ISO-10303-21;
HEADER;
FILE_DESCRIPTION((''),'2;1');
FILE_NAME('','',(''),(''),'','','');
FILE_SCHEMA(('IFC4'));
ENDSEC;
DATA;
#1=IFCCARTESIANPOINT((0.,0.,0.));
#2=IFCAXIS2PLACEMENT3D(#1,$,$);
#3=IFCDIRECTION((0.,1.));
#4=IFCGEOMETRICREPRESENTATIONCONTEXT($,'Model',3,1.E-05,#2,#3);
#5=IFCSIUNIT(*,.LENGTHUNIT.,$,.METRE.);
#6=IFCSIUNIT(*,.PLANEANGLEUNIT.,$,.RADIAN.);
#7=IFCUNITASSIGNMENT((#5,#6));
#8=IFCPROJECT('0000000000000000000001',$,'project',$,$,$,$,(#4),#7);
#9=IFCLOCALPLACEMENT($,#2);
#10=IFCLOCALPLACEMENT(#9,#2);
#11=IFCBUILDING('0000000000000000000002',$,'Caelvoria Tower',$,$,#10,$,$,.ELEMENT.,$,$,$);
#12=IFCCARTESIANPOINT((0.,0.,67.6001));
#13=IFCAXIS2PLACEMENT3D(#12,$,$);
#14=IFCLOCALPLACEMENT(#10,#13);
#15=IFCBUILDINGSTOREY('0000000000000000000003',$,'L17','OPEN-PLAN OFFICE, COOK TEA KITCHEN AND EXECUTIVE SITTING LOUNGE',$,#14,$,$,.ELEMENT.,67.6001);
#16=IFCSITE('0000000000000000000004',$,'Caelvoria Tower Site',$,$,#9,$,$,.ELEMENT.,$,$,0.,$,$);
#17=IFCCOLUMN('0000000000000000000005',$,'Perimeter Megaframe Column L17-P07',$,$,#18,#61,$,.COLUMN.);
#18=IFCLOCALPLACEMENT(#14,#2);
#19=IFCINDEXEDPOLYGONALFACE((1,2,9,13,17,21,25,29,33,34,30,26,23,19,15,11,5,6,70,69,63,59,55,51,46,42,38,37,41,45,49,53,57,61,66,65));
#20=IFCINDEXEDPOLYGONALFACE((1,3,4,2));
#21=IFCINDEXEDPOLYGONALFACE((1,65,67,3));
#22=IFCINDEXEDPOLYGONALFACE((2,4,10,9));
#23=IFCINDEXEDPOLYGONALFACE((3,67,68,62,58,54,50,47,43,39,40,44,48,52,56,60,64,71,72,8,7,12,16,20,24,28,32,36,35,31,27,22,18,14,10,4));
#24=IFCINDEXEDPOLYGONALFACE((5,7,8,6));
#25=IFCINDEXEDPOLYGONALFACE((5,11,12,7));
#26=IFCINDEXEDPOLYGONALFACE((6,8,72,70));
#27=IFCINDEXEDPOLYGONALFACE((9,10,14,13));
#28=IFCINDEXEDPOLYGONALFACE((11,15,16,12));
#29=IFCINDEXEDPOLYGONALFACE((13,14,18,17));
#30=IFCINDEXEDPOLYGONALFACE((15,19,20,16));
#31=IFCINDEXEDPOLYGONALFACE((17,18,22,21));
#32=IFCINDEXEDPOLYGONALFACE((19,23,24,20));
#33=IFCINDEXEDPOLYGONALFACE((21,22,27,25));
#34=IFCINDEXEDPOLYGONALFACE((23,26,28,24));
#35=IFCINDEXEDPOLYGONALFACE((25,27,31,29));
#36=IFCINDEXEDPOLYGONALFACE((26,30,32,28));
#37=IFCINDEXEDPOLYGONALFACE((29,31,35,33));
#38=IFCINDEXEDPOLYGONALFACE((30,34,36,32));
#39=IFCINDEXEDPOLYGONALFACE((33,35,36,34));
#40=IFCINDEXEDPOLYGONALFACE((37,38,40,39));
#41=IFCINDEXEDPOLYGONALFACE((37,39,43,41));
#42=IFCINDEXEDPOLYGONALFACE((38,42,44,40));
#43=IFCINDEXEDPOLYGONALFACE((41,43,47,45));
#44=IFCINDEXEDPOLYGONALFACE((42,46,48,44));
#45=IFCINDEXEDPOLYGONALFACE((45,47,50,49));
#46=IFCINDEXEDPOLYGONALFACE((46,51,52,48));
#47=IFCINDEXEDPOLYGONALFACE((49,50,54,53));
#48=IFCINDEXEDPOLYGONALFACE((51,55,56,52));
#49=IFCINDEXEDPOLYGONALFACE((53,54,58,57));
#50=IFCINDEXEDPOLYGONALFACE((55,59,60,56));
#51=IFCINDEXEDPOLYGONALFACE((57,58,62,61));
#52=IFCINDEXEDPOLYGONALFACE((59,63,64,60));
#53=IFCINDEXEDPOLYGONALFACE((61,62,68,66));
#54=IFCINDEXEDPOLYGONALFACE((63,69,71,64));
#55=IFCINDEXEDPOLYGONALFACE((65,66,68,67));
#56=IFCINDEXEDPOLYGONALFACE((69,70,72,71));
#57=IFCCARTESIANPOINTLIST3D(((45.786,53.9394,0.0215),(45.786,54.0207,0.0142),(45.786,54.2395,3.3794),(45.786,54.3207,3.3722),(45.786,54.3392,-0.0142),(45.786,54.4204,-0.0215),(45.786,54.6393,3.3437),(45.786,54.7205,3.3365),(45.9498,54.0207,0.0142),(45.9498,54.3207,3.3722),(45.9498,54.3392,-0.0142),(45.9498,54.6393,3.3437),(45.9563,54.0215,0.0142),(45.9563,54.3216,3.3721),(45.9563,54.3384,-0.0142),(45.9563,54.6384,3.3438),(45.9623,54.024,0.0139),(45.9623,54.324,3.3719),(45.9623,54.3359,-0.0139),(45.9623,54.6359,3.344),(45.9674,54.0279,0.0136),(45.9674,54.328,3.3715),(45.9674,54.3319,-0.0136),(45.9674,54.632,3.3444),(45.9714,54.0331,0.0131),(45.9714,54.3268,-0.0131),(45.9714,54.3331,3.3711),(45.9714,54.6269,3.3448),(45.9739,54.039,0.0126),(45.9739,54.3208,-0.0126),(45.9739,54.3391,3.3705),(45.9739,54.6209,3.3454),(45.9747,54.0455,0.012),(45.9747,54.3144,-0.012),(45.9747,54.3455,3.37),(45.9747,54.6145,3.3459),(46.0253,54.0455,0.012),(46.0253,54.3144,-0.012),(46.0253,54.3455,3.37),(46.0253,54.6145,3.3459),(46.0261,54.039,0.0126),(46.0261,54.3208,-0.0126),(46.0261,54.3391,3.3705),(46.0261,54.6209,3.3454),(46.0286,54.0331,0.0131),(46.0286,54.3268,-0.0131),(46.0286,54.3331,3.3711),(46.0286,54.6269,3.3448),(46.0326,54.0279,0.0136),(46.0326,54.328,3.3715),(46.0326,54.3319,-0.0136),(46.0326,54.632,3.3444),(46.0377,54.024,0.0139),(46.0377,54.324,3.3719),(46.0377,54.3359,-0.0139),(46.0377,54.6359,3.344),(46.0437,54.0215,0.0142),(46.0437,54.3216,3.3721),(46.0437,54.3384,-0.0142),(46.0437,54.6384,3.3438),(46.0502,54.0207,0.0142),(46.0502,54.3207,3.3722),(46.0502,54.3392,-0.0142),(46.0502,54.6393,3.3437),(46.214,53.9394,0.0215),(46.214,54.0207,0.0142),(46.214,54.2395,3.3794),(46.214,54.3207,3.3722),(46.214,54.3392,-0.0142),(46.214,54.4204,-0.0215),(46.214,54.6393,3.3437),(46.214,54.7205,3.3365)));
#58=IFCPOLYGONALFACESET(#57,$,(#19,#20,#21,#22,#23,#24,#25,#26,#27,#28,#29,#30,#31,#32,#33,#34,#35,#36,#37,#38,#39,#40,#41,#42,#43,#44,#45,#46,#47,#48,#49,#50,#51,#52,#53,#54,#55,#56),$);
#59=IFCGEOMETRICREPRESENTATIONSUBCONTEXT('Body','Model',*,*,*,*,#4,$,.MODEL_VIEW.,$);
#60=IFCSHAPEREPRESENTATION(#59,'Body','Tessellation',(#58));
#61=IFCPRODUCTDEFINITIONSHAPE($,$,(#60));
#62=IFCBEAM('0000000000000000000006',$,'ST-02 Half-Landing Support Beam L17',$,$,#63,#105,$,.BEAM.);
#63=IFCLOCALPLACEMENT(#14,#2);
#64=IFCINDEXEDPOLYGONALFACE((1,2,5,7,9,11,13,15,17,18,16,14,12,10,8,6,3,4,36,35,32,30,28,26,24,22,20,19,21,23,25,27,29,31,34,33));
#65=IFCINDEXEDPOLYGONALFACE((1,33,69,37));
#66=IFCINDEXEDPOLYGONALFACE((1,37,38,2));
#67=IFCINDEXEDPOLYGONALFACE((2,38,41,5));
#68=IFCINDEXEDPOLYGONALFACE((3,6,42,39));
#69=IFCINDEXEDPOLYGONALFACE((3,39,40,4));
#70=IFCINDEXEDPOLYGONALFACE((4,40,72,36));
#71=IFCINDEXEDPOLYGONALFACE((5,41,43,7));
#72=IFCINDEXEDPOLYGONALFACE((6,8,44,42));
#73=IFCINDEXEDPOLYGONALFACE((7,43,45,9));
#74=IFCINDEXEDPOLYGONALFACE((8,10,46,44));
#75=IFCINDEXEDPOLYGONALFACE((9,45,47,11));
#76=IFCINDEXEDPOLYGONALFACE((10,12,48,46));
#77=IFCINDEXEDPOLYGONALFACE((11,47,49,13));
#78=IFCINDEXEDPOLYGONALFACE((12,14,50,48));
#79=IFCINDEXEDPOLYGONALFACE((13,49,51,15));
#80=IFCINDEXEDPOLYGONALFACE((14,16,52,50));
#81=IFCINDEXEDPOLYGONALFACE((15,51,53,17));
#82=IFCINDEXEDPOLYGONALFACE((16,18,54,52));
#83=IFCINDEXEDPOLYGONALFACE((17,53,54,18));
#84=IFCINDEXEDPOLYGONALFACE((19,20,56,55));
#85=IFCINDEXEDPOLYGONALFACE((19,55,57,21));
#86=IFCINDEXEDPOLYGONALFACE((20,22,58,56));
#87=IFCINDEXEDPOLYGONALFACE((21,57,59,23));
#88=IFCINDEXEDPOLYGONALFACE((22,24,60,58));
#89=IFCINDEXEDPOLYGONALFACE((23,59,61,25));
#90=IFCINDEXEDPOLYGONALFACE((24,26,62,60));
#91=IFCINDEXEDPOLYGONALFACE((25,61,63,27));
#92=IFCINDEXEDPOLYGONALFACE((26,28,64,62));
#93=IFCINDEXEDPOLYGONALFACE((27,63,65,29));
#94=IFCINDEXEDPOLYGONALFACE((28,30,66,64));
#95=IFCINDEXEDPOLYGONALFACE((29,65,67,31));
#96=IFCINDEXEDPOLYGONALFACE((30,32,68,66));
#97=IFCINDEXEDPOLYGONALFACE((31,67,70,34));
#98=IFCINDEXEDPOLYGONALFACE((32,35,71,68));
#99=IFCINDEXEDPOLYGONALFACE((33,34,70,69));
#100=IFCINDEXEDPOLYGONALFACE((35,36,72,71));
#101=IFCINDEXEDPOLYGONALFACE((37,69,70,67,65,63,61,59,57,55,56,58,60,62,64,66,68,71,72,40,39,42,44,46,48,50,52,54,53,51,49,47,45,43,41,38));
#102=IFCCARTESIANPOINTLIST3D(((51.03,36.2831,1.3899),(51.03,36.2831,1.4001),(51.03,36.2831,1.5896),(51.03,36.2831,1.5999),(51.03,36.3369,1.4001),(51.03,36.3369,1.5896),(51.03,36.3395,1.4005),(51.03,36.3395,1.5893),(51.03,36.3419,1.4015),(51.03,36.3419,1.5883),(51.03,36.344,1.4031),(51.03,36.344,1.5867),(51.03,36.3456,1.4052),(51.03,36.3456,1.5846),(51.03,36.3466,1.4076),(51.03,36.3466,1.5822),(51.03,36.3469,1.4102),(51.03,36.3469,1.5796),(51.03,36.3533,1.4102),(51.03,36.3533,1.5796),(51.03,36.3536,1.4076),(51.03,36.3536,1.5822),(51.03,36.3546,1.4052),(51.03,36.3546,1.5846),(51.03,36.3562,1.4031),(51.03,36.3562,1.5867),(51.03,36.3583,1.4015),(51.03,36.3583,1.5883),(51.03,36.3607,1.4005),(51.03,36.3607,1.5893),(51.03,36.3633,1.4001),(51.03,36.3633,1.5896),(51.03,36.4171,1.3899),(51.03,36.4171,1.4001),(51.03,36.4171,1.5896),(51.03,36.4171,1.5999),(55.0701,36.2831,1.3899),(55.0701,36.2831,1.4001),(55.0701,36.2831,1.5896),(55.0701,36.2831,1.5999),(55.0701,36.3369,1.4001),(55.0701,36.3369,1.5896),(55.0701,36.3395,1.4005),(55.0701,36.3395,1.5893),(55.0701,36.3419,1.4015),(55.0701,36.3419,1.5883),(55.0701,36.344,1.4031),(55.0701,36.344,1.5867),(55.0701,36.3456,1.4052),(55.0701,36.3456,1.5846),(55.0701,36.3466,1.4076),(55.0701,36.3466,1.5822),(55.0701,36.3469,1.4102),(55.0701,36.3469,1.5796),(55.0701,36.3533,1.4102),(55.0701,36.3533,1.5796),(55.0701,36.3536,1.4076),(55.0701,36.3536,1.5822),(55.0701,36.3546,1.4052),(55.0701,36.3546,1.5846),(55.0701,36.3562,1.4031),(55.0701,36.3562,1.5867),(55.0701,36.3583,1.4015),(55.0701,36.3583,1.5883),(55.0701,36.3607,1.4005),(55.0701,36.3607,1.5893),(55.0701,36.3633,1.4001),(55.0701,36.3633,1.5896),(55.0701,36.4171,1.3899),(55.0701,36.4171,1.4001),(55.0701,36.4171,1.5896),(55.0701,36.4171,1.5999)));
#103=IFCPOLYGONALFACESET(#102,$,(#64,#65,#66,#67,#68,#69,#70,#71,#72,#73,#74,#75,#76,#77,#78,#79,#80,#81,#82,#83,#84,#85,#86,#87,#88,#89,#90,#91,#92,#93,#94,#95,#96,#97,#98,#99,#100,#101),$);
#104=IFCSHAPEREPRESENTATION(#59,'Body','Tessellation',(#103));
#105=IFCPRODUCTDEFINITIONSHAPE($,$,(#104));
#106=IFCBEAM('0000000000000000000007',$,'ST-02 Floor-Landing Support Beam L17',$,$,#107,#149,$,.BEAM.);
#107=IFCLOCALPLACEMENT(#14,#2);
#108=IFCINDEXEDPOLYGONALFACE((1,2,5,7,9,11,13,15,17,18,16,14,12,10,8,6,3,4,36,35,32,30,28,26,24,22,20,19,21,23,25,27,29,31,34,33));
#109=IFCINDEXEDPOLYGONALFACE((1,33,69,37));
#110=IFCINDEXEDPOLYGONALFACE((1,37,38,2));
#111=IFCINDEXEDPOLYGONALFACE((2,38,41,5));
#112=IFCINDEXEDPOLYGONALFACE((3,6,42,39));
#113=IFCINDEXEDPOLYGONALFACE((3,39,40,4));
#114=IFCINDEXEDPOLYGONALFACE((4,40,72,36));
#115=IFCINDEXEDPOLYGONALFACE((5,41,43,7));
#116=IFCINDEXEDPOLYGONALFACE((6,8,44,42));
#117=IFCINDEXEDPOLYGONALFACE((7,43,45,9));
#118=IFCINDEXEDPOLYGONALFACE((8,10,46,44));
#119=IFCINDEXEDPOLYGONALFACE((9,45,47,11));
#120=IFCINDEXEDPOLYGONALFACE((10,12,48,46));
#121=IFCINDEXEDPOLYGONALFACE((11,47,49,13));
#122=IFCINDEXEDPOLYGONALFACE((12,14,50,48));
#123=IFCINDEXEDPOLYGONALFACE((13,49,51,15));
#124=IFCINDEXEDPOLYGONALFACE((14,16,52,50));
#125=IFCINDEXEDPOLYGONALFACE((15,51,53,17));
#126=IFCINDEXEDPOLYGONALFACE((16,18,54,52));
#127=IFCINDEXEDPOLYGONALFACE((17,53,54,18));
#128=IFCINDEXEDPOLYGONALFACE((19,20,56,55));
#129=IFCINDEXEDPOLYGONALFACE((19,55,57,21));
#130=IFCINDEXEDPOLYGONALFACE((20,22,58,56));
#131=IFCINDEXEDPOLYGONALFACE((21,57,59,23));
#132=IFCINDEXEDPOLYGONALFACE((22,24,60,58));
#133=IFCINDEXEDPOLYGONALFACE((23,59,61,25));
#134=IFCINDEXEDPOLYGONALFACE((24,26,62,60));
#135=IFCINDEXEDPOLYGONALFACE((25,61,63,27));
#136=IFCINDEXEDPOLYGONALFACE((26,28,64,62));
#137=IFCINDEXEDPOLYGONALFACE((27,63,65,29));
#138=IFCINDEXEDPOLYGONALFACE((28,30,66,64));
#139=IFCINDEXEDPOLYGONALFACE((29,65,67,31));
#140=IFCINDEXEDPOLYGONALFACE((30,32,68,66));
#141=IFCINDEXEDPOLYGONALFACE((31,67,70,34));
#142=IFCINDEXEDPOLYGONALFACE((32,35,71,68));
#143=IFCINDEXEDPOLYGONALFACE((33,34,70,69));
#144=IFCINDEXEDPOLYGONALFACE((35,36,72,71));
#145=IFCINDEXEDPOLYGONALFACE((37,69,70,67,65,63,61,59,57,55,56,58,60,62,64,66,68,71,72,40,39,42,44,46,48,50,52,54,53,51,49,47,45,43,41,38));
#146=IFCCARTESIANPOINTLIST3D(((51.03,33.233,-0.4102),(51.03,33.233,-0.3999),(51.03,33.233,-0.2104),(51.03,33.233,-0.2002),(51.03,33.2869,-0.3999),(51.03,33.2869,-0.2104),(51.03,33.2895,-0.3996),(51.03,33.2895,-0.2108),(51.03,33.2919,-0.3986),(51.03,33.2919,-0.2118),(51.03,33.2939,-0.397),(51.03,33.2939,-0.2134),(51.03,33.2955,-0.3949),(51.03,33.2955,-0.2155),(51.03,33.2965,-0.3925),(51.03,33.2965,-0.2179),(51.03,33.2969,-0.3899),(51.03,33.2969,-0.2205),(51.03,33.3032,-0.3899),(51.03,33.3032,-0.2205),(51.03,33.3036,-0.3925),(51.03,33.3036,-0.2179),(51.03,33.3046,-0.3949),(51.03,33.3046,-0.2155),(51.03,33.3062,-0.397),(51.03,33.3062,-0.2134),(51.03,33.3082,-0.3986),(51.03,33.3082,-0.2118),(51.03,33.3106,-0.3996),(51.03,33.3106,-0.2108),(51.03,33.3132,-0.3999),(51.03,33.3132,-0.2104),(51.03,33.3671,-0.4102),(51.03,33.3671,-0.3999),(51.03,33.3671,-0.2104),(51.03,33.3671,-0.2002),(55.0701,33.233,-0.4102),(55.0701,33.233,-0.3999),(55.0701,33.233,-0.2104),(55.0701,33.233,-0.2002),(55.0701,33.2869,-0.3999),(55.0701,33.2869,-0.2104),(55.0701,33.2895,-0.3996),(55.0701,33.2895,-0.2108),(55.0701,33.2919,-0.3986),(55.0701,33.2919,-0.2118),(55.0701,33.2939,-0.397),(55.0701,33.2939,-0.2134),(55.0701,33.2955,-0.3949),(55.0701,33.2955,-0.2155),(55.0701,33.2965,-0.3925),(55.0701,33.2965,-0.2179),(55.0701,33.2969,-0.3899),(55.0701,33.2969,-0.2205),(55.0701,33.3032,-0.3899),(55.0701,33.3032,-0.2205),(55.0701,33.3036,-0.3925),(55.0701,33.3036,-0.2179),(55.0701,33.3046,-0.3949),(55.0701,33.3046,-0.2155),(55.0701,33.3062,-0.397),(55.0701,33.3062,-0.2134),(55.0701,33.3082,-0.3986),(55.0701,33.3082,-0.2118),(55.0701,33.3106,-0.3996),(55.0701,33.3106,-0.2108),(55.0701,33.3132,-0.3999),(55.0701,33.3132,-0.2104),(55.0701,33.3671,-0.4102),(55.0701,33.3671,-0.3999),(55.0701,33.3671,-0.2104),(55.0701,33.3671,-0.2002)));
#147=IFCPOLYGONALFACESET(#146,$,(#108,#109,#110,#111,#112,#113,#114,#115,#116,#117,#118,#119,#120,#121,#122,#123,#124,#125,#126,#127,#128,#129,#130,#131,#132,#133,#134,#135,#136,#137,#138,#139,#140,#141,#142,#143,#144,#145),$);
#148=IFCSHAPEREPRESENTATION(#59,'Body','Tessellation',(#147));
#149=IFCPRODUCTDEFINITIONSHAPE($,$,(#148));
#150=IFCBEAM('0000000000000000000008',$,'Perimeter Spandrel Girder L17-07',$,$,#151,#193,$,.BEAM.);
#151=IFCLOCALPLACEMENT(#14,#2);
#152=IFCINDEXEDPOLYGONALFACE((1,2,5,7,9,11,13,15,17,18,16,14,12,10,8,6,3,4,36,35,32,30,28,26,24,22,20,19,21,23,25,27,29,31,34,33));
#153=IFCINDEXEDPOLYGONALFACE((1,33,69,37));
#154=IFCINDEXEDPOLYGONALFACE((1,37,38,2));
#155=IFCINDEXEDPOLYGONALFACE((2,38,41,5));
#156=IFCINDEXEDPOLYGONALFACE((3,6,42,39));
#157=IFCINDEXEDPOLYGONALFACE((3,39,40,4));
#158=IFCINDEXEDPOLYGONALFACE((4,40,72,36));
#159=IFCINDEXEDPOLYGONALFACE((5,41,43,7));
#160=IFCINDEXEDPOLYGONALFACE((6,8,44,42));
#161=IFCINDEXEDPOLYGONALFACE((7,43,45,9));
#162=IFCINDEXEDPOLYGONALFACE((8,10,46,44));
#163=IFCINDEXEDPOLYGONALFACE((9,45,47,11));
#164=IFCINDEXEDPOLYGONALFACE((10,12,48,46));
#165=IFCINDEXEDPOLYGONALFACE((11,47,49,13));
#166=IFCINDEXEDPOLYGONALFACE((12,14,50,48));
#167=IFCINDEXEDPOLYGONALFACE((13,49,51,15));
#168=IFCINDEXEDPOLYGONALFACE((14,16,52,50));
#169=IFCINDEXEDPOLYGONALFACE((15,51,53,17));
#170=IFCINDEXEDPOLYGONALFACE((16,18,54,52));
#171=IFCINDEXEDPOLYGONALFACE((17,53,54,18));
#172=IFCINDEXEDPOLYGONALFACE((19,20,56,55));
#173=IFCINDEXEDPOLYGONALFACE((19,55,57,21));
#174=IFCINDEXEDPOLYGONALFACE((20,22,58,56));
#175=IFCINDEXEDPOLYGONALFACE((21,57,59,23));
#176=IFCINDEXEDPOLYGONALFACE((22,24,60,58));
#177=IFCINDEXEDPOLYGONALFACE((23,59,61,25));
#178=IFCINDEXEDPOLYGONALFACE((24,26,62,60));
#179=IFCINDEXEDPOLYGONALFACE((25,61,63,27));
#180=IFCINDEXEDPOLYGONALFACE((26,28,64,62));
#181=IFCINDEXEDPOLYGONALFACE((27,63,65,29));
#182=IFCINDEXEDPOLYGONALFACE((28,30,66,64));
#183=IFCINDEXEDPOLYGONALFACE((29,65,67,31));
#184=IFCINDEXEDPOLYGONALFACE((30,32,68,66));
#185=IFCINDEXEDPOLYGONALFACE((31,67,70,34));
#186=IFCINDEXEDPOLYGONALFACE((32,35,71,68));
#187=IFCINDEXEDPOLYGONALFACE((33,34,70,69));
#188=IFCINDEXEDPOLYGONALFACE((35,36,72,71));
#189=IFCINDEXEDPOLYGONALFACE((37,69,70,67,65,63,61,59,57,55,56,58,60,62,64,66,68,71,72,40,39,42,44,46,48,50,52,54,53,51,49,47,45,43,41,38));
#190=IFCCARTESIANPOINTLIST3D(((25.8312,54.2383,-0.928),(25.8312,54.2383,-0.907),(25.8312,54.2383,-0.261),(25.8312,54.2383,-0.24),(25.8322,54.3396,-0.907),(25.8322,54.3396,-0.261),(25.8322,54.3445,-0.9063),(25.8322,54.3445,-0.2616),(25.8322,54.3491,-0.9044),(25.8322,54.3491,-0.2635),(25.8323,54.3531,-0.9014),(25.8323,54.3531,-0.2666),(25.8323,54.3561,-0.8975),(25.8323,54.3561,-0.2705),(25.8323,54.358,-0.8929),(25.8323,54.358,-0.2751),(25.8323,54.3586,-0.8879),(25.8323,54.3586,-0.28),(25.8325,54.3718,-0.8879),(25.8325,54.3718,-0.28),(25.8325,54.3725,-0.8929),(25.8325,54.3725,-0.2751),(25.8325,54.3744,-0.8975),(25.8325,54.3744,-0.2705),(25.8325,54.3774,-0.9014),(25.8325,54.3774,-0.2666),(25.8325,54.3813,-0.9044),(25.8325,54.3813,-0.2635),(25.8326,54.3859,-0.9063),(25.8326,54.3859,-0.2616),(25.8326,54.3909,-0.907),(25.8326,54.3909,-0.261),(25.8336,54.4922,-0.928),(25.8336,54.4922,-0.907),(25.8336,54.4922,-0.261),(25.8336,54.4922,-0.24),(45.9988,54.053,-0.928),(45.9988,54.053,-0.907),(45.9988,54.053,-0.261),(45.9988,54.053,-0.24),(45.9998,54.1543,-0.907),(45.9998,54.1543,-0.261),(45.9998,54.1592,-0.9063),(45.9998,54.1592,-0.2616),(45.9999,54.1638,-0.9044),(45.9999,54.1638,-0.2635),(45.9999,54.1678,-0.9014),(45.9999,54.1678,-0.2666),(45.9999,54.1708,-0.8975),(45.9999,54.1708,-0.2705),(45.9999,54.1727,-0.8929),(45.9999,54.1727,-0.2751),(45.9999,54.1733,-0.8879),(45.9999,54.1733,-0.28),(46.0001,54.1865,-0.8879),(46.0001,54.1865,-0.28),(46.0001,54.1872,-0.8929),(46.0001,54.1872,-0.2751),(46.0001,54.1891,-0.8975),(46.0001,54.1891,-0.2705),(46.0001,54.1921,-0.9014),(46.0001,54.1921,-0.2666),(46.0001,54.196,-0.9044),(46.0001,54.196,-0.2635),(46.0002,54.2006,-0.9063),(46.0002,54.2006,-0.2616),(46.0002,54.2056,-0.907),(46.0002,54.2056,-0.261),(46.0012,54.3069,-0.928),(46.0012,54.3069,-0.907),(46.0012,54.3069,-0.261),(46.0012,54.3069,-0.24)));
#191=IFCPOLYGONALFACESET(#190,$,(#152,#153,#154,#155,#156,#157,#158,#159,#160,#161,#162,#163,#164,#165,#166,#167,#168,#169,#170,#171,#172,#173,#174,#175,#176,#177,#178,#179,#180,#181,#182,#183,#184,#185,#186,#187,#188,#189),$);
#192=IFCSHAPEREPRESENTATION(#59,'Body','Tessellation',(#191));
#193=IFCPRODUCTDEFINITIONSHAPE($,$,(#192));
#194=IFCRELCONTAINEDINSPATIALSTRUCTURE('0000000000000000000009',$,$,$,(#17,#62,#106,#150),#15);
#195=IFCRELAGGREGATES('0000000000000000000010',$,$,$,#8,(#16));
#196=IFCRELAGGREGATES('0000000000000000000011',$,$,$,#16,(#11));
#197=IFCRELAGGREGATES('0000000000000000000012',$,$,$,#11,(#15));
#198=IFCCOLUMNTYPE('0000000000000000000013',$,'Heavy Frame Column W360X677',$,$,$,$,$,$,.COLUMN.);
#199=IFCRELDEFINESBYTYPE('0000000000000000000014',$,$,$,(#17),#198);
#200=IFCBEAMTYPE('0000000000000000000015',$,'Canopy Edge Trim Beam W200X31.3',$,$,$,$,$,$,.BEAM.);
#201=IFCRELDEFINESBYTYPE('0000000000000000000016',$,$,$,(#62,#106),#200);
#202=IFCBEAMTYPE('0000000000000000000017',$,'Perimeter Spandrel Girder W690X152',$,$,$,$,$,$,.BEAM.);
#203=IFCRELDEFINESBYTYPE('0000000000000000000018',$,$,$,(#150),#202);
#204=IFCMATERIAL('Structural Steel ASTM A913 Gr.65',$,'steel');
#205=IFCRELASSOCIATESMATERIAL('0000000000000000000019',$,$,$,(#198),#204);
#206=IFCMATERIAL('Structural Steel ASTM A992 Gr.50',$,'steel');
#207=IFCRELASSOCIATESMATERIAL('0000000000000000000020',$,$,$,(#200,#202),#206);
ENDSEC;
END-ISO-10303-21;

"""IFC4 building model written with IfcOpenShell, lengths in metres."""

from ifc_helpers import new_model, si_unit, direction, frame, origin, origin_2d, place, context, subcontext, project, spatial, i_section, extrude, material, material_profile, profile_set, type_object, element, save


model = new_model("IFC4")

# Units and contexts
model_context = context("Model", 3, precision=1e-05, world=origin(), true_north=direction((0.0, 1.0)))
body_context = subcontext(model_context, "Body", "Model", "MODEL_VIEW")
ifc_project = project(units=[si_unit("LENGTHUNIT", "METRE"), si_unit("PLANEANGLEUNIT", "RADIAN")], contexts=[model_context])

# Site, building, storey
site_placement = place(None, origin())
site = spatial("IfcSite", under=ifc_project, at=site_placement, Name="Caelvoria Tower Site", CompositionType="ELEMENT", RefElevation=0.0)
building_placement = place(site_placement, origin())
building = spatial("IfcBuilding", under=site, at=building_placement, Name="Caelvoria Tower", CompositionType="ELEMENT")
storey_placement = place(building_placement, frame((0.0, 0.0, 67.6001)))
storey = spatial("IfcBuildingStorey", under=building, at=storey_placement, Name="L17", Description="OPEN-PLAN OFFICE, COOK TEA KITCHEN AND EXECUTIVE SITTING LOUNGE", CompositionType="ELEMENT", Elevation=67.6001)

# Column
ifc_material_1 = material(Name="Structural Steel ASTM A913 Gr.65", Category="steel")
ifc_material_profile_1 = material_profile(ifc_material_1, i_section(OverallWidth=0.428, OverallDepth=0.4829, WebThickness=0.0505, FlangeThickness=0.0815, FilletRadius=0.0249, at=origin_2d()), Name="Structural Steel ASTM A913 Gr.65")
ifc_profile_set_1 = profile_set([ifc_material_profile_1], Name="W360X677 - Structural Steel ASTM A913 Gr.65")
column_type = type_object("IfcColumnType", Name="Heavy Frame Column W360X677", PredefinedType="COLUMN", material=ifc_profile_set_1)
column_placement = place(storey_placement, frame((46.0, 54.1799, 0.0), z_axis=(0.0, 0.089001, 0.996032), x_axis=(-1.0, 0.0, 0.0)))
element("IfcColumn", 1, at=column_placement, inside=storey, type_object=column_type, Name="Perimeter Megaframe Column L17-P07", PredefinedType="COLUMN", context=body_context, shape_type="SweptSolid", body=[
    extrude(i_section(OverallWidth=0.428, OverallDepth=0.4829, WebThickness=0.0505, FlangeThickness=0.0815, FilletRadius=0.0249, at=origin_2d()), origin(), (0.0, 0.0, 1.0), 3.3713),
])

# Beams
ifc_material_2 = material(Name="Structural Steel ASTM A992 Gr.50", Category="steel")
ifc_material_profile_2 = material_profile(ifc_material_2, i_section(OverallWidth=0.134, OverallDepth=0.21, WebThickness=0.0063, FlangeThickness=0.0103, FilletRadius=0.01, at=origin_2d()), Name="Structural Steel ASTM A992 Gr.50")
ifc_profile_set_2 = profile_set([ifc_material_profile_2], Name="W200X31.3 - Structural Steel ASTM A992 Gr.50")
beam_type_1 = type_object("IfcBeamType", Name="Canopy Edge Trim Beam W200X31.3", PredefinedType="BEAM", material=ifc_profile_set_2)
for number, where, z_axis, x_axis, name in (
    (2, (51.03, 36.3501, 1.4949), (1.0, 0.0, 0.0), (0.0, 1.0, 0.0), "ST-02 Half-Landing Support Beam L17"),
    (3, (51.03, 33.3, -0.3052), (1.0, 0.0, 0.0), (0.0, 1.0, 0.0), "ST-02 Floor-Landing Support Beam L17"),
):
    element("IfcBeam", number, at=place(storey_placement, frame(where, z_axis=z_axis, x_axis=x_axis)), inside=storey, type_object=beam_type_1, Name=name, PredefinedType="BEAM", context=body_context, shape_type="SweptSolid", body=[
        extrude(i_section(OverallWidth=0.134, OverallDepth=0.21, WebThickness=0.0063, FlangeThickness=0.0103, FilletRadius=0.01, at=origin_2d()), origin(), (0.0, 0.0, 1.0), 4.04),
    ])
ifc_material_profile_3 = material_profile(ifc_material_2, i_section(OverallWidth=0.2539, OverallDepth=0.688, WebThickness=0.0132, FlangeThickness=0.021, FilletRadius=0.019, at=origin_2d()), Name="Structural Steel ASTM A992 Gr.50")
ifc_profile_set_3 = profile_set([ifc_material_profile_3], Name="W690X152 - Structural Steel ASTM A992 Gr.50")
beam_type_2 = type_object("IfcBeamType", Name="Perimeter Spandrel Girder W690X152", PredefinedType="BEAM", material=ifc_profile_set_3)
beam_1_placement = place(storey_placement, frame((46.0, 54.1799, -0.584), z_axis=(-0.999958, 0.009188, 0.0), x_axis=(-0.009188, -0.999958, 0.0)))
element("IfcBeam", 4, at=beam_1_placement, inside=storey, type_object=beam_type_2, Name="Perimeter Spandrel Girder L17-07", PredefinedType="BEAM", context=body_context, shape_type="SweptSolid", body=[
    extrude(i_section(OverallWidth=0.2539, OverallDepth=0.688, WebThickness=0.0132, FlangeThickness=0.021, FilletRadius=0.019, at=origin_2d()), origin(), (0.0, 0.0, 1.0), 20.1685),
])

save(model, "model.ifc")
